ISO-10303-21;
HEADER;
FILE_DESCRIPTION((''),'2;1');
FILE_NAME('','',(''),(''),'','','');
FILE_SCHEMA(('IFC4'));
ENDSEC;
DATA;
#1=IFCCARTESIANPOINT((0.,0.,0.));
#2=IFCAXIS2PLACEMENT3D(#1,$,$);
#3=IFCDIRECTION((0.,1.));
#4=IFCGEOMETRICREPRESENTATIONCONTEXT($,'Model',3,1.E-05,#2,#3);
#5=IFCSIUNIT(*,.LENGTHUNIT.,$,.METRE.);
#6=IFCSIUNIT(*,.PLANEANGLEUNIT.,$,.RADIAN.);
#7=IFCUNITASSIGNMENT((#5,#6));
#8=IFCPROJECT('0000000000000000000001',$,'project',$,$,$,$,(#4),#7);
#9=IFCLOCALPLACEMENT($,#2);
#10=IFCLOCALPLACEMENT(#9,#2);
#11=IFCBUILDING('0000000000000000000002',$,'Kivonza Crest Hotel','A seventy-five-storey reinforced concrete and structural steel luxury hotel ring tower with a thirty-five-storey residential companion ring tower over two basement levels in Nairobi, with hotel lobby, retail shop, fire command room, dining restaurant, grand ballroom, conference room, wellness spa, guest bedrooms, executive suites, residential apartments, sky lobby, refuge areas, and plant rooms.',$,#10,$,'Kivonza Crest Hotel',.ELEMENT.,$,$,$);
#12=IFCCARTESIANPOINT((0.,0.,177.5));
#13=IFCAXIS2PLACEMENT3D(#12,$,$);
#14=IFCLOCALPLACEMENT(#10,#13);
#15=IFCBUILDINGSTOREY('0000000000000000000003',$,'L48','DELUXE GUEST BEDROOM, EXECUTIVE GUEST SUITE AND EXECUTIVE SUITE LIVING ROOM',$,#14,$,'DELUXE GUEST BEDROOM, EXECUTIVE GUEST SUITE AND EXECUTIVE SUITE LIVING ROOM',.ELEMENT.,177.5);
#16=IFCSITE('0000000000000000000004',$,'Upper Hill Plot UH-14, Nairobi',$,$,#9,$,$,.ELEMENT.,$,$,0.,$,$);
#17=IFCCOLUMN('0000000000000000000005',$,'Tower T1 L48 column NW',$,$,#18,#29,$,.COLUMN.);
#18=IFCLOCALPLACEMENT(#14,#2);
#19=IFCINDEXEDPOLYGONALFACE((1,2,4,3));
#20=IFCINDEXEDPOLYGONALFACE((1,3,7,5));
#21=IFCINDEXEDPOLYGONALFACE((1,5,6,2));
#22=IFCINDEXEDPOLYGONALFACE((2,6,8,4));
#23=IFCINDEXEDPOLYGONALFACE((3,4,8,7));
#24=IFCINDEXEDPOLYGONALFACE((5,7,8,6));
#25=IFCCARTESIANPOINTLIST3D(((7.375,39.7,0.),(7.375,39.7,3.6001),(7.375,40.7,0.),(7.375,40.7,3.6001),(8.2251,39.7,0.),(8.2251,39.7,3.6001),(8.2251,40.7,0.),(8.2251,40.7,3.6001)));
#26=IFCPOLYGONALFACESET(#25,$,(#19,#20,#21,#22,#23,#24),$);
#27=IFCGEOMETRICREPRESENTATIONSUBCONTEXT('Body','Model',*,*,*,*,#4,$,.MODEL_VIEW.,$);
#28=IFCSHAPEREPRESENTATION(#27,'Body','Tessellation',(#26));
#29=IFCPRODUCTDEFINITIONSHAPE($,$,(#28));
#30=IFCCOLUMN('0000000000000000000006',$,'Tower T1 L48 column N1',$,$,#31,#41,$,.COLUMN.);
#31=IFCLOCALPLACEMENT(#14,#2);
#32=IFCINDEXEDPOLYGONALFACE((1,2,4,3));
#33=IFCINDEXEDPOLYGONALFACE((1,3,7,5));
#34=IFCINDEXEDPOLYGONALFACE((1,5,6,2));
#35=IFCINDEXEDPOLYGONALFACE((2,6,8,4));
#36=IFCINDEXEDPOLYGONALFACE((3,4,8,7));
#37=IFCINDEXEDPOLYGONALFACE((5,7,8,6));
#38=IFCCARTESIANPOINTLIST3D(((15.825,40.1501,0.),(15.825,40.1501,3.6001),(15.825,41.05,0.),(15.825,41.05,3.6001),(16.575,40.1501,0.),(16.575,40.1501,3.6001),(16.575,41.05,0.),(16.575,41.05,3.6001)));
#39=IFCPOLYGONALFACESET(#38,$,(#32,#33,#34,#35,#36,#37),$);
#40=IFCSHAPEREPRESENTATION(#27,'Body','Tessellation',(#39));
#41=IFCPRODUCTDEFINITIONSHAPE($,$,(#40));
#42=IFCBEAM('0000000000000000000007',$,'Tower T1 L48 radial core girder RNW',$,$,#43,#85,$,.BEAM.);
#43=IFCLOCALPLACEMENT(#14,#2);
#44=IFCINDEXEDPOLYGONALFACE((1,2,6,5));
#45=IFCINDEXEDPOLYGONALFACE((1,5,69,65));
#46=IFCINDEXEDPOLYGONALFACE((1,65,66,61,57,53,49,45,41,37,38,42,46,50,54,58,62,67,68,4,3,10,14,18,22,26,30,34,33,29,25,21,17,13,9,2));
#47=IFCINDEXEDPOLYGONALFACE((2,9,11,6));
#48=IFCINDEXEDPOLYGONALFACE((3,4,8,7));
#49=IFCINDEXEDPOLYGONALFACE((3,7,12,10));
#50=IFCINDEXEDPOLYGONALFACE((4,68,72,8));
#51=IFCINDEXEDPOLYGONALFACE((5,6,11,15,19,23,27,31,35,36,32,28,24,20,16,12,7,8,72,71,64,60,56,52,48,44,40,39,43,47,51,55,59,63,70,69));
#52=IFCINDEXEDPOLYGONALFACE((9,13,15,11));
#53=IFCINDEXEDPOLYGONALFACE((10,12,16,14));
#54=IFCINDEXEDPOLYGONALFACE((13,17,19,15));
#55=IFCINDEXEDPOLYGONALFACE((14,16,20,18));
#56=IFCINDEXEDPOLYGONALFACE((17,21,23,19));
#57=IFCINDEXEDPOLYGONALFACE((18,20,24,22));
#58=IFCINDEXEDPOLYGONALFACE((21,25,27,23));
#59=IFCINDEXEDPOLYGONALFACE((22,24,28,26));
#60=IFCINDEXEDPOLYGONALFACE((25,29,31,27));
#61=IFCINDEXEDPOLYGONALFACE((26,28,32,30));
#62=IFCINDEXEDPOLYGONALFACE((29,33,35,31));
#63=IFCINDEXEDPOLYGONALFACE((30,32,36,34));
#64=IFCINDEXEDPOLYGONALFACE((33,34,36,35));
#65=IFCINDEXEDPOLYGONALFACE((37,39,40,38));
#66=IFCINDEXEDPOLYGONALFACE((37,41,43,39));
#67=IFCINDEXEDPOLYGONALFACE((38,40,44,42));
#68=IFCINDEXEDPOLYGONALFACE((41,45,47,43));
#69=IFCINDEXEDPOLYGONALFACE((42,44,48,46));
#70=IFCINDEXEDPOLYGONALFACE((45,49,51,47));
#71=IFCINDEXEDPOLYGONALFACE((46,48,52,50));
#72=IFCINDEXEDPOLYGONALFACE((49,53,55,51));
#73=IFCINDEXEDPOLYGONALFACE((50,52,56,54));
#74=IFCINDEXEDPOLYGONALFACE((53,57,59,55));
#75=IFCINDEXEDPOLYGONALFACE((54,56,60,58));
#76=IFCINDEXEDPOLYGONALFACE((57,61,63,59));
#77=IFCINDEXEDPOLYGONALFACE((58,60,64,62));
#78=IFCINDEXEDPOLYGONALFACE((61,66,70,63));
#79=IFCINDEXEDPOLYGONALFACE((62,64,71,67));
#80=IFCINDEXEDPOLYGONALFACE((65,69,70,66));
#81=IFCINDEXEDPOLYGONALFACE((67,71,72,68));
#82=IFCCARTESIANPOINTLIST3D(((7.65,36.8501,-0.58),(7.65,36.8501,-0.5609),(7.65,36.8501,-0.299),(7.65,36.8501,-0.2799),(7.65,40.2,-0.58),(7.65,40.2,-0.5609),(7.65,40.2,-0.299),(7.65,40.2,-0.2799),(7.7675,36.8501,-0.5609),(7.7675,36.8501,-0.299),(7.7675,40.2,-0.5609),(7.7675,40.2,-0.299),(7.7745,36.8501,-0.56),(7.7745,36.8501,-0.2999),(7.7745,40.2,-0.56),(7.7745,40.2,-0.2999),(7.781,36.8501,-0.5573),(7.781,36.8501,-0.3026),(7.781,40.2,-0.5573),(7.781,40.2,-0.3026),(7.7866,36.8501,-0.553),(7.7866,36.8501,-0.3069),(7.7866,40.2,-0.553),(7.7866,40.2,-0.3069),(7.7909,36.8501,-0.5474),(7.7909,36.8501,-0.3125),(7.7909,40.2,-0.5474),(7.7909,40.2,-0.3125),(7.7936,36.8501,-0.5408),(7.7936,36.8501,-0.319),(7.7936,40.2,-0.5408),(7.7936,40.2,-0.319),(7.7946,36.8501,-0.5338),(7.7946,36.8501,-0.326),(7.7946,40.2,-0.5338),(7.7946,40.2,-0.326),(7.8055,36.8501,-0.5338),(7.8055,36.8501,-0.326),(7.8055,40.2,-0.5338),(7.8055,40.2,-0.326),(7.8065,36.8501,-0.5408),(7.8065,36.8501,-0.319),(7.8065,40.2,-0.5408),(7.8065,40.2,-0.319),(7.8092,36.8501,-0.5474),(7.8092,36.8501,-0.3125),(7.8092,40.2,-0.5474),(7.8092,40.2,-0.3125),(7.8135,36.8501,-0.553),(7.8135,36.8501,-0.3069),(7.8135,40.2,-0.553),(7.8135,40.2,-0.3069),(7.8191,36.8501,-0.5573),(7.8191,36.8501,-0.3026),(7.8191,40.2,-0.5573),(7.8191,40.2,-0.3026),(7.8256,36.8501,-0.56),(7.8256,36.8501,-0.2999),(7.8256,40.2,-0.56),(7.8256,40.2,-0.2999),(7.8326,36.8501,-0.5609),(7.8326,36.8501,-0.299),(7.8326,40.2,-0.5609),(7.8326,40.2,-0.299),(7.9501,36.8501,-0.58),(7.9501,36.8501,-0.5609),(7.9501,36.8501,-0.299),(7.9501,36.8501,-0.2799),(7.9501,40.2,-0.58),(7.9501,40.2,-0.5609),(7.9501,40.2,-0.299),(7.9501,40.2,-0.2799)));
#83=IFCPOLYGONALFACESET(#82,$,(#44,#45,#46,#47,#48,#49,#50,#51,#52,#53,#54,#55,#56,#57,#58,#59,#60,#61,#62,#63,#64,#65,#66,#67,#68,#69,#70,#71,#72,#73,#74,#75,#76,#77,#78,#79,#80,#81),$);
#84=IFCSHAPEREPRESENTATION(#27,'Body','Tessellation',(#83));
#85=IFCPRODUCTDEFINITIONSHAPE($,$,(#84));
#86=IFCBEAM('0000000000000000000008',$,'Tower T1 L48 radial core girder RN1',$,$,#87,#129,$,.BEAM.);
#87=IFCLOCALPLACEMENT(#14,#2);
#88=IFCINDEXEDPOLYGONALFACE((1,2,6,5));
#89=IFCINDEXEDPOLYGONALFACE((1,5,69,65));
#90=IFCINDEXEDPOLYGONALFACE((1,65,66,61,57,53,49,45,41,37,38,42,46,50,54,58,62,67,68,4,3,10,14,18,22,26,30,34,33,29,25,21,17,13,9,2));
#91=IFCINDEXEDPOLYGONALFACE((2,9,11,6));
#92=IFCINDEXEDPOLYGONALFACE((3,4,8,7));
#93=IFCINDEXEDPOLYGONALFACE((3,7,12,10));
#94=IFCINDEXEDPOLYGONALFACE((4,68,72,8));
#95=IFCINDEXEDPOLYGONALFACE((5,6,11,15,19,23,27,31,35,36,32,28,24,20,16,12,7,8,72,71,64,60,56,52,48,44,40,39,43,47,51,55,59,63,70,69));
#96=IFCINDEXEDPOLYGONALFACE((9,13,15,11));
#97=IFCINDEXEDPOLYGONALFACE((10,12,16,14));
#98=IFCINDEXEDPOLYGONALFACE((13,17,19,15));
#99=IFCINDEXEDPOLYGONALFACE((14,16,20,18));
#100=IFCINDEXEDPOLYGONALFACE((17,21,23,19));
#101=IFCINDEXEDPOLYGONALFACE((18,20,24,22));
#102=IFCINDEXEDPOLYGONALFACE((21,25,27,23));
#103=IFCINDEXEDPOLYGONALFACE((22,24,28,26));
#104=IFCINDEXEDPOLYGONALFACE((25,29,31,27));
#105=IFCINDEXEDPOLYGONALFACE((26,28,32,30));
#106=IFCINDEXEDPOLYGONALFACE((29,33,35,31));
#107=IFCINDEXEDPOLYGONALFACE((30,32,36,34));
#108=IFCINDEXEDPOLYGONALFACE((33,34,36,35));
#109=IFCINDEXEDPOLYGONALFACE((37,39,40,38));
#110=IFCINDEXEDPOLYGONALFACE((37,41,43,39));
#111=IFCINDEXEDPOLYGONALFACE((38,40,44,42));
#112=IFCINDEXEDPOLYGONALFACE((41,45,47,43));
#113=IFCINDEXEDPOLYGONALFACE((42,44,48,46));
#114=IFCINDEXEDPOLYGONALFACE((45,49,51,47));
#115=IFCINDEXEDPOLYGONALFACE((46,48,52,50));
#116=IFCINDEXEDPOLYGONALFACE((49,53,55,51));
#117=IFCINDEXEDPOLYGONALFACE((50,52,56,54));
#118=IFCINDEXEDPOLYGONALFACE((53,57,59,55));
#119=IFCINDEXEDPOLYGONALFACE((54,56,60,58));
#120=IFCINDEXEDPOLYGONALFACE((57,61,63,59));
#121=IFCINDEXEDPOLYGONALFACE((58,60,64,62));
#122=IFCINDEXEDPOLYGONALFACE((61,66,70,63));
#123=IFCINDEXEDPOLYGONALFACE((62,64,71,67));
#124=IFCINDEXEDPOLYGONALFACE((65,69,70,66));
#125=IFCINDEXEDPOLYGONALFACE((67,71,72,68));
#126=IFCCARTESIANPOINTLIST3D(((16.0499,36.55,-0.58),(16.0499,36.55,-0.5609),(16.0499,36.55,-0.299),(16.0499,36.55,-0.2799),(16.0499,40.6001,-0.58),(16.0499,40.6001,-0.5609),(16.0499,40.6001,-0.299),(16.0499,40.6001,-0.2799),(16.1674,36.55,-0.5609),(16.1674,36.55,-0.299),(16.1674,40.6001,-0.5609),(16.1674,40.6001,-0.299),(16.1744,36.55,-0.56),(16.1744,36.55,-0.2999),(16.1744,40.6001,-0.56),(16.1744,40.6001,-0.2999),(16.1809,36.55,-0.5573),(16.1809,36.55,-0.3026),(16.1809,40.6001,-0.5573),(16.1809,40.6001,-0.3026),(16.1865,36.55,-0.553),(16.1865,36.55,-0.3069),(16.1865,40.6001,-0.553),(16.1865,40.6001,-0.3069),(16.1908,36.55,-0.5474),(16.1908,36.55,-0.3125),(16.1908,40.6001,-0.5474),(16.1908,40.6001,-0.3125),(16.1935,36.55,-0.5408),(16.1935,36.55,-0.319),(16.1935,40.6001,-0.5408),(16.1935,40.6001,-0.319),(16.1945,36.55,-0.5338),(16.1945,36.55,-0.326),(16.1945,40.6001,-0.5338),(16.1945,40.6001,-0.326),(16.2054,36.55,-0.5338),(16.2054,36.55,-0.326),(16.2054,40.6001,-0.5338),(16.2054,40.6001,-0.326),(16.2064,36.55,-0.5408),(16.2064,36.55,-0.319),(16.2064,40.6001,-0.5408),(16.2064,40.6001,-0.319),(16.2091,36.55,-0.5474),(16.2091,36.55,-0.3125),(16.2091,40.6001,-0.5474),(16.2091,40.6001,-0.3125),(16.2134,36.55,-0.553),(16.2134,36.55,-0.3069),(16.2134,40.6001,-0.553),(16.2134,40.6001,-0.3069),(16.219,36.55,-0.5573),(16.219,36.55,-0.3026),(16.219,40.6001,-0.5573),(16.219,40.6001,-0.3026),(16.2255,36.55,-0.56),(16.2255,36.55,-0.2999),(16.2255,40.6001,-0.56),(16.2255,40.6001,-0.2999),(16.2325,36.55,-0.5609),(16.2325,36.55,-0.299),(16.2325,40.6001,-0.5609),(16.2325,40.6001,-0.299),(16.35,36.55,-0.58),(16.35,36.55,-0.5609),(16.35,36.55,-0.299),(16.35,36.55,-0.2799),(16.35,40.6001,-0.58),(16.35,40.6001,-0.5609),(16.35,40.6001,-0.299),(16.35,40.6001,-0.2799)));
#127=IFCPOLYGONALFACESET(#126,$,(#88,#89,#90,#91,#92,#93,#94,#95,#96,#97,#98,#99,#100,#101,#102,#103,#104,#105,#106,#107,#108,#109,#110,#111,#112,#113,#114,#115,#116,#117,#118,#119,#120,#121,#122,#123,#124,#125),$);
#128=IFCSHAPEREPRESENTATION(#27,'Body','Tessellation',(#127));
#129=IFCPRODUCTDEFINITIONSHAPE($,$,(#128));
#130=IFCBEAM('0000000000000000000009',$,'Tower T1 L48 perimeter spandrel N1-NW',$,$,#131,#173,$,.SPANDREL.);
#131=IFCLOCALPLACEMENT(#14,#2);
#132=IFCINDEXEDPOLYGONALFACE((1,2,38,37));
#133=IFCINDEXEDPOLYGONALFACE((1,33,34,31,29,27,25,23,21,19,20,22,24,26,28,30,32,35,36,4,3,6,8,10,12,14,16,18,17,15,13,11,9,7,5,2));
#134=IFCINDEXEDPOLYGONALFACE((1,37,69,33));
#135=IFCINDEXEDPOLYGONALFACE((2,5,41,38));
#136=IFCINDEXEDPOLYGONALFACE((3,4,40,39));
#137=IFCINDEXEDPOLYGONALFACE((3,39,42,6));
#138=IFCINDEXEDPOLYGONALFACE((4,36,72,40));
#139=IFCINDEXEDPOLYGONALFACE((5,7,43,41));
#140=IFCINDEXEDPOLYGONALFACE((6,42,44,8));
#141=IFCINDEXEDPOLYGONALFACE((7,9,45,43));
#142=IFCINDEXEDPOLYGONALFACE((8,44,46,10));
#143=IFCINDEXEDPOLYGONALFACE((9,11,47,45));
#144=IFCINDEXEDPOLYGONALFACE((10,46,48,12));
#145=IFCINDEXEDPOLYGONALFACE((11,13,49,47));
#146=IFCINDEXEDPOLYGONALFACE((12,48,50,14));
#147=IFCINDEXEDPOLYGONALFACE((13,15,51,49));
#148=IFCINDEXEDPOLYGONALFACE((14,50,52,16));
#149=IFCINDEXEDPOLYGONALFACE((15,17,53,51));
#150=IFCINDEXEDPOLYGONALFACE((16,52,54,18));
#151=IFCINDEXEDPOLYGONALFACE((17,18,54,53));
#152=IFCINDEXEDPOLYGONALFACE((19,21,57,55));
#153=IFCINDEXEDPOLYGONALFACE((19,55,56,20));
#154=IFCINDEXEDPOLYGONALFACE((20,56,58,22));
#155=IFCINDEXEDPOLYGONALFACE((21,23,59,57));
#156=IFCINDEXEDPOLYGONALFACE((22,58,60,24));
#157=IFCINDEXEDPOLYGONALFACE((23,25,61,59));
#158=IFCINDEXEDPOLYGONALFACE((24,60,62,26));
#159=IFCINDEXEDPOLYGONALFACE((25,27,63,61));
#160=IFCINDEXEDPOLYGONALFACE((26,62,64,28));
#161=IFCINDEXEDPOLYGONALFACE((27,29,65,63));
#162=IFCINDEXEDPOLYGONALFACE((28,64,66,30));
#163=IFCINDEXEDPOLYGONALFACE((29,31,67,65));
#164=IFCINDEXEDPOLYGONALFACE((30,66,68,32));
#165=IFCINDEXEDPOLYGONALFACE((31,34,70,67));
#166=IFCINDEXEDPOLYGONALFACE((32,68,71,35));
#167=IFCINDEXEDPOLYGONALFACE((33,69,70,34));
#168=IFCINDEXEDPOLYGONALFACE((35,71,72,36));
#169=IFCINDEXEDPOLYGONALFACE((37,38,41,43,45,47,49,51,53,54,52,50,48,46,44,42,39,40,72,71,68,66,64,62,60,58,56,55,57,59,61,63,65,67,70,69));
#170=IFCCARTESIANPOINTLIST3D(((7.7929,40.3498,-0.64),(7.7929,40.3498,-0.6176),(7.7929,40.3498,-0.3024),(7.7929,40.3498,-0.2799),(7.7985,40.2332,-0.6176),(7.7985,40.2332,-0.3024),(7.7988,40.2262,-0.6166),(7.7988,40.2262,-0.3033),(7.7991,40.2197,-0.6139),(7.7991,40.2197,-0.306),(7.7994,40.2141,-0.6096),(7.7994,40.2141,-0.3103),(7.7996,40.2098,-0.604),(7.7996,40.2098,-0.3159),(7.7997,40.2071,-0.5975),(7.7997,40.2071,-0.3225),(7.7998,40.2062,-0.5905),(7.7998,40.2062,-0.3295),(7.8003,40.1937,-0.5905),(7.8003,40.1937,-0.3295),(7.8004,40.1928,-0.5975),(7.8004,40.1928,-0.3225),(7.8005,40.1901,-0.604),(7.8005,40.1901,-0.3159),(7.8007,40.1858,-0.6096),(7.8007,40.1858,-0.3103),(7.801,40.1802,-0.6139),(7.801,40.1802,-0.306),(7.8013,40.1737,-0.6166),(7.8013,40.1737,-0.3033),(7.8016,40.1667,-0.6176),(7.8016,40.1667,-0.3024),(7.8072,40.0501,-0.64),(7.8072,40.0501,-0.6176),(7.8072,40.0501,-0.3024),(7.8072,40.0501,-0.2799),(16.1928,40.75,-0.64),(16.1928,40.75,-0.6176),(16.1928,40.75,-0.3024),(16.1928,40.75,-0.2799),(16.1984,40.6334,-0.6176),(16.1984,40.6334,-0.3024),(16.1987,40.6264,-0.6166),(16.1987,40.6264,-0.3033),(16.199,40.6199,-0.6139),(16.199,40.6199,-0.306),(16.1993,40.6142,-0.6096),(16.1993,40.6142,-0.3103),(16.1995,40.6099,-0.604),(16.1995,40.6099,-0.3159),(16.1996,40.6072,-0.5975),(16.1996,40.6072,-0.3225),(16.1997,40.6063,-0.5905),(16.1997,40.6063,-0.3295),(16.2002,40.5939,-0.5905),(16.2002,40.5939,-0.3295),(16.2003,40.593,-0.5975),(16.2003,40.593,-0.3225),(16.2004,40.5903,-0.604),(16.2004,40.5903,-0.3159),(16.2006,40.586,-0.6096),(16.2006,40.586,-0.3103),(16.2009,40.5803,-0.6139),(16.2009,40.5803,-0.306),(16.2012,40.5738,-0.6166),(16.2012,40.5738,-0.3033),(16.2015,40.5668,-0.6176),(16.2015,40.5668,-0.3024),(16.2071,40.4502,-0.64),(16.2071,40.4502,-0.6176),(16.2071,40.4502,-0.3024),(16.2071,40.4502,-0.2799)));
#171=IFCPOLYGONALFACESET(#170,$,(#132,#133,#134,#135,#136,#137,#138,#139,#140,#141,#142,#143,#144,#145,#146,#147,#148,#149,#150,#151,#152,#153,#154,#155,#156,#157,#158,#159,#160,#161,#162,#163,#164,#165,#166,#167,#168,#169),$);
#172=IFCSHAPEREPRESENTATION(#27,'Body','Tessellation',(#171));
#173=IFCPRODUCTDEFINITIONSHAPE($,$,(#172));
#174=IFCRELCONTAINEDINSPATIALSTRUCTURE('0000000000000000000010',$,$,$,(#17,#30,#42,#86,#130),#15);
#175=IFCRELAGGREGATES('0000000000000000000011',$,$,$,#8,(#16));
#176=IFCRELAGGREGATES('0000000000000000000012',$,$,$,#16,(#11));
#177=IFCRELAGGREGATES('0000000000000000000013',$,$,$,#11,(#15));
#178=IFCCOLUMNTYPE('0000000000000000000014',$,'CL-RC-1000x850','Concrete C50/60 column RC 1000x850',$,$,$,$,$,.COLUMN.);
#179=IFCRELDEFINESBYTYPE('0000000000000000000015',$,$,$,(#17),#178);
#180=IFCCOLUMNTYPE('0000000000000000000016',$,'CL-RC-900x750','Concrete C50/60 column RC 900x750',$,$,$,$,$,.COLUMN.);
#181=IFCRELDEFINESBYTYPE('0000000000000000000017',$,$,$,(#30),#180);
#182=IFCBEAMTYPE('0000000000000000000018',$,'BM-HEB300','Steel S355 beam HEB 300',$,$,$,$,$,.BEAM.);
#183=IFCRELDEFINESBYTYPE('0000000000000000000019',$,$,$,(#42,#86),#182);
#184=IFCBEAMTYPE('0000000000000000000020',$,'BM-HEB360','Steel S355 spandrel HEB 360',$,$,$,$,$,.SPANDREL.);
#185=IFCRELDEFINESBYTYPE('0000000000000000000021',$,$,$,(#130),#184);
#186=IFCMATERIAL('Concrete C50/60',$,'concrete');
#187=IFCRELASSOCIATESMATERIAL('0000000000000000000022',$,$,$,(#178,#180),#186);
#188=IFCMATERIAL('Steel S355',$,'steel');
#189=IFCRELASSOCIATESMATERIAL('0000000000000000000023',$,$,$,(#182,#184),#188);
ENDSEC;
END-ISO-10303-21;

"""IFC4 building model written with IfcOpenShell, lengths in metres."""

from ifc_helpers import new_model, si_unit, direction, frame, origin, origin_2d, place, context, subcontext, project, spatial, rectangle, i_section, extrude, material, material_profile, profile_set, type_object, element, save


model = new_model("IFC4")

# Units and contexts
model_context = context("Model", 3, precision=1e-05, world=origin(), true_north=direction((0.0, 1.0)))
body_context = subcontext(model_context, "Body", "Model", "MODEL_VIEW")
ifc_project = project(units=[si_unit("LENGTHUNIT", "METRE"), si_unit("PLANEANGLEUNIT", "RADIAN")], contexts=[model_context])

# Site, building, storey
site_placement = place(None, origin())
site = spatial("IfcSite", under=ifc_project, at=site_placement, Name="Upper Hill Plot UH-14, Nairobi", CompositionType="ELEMENT", RefElevation=0.0)
building_placement = place(site_placement, origin())
building = spatial("IfcBuilding", under=site, at=building_placement, Name="Kivonza Crest Hotel", Description="A seventy-five-storey reinforced concrete and structural steel luxury hotel ring tower with a thirty-five-storey residential companion ring tower over two basement levels in Nairobi, with hotel lobby, retail shop, fire command room, dining restaurant, grand ballroom, conference room, wellness spa, guest bedrooms, executive suites, residential apartments, sky lobby, refuge areas, and plant rooms.", LongName="Kivonza Crest Hotel", CompositionType="ELEMENT")
storey_placement = place(building_placement, frame((0.0, 0.0, 177.5)))
storey = spatial("IfcBuildingStorey", under=building, at=storey_placement, Name="L48", Description="DELUXE GUEST BEDROOM, EXECUTIVE GUEST SUITE AND EXECUTIVE SUITE LIVING ROOM", LongName="DELUXE GUEST BEDROOM, EXECUTIVE GUEST SUITE AND EXECUTIVE SUITE LIVING ROOM", CompositionType="ELEMENT", Elevation=177.5)

# Columns
ifc_material_1 = material(Name="Concrete C50/60", Category="concrete")
ifc_material_profile_1 = material_profile(ifc_material_1, rectangle(XDim=0.8501, YDim=1.0, at=origin_2d()), Name="RC 1000x850")
ifc_profile_set_1 = profile_set([ifc_material_profile_1], Name="Concrete C50/60")
column_type_1 = type_object("IfcColumnType", Name="CL-RC-1000x850", Description="Concrete C50/60 column RC 1000x850", PredefinedType="COLUMN", material=ifc_profile_set_1)
column_1_placement = place(storey_placement, frame((7.8, 40.2, 0.0), z_axis=(0.0, 0.0, 1.0), x_axis=(1.0, 0.0, 0.0)))
element("IfcColumn", 1, at=column_1_placement, inside=storey, type_object=column_type_1, Name="Tower T1 L48 column NW", PredefinedType="COLUMN", context=body_context, shape_type="SweptSolid", body=[
    extrude(rectangle(XDim=0.8501, YDim=1.0, at=origin_2d()), origin(), (0.0, 0.0, 1.0), 3.6001),
])
ifc_material_profile_2 = material_profile(ifc_material_1, rectangle(XDim=0.75, YDim=0.8999, at=origin_2d()), Name="RC 900x750")
ifc_profile_set_2 = profile_set([ifc_material_profile_2], Name="Concrete C50/60")
column_type_2 = type_object("IfcColumnType", Name="CL-RC-900x750", Description="Concrete C50/60 column RC 900x750", PredefinedType="COLUMN", material=ifc_profile_set_2)
column_2_placement = place(storey_placement, frame((16.2, 40.6001, 0.0), z_axis=(0.0, 0.0, 1.0), x_axis=(1.0, 0.0, 0.0)))
element("IfcColumn", 2, at=column_2_placement, inside=storey, type_object=column_type_2, Name="Tower T1 L48 column N1", PredefinedType="COLUMN", context=body_context, shape_type="SweptSolid", body=[
    extrude(rectangle(XDim=0.75, YDim=0.8999, at=origin_2d()), origin(), (0.0, 0.0, 1.0), 3.6001),
])

# Beams
ifc_material_2 = material(Name="Steel S355", Category="steel")
ifc_material_profile_3 = material_profile(ifc_material_2, i_section(OverallWidth=0.3, OverallDepth=0.3, WebThickness=0.011, FlangeThickness=0.019, FilletRadius=0.0271, at=origin_2d()), Name="HEB 300")
ifc_profile_set_3 = profile_set([ifc_material_profile_3], Name="Steel S355")
beam_type_1 = type_object("IfcBeamType", Name="BM-HEB300", Description="Steel S355 beam HEB 300", PredefinedType="BEAM", material=ifc_profile_set_3)
beam_1_placement = place(storey_placement, frame((7.8, 40.2, -0.4299), z_axis=(0.0, -1.0, 0.0), x_axis=(1.0, 0.0, 0.0)))
element("IfcBeam", 3, at=beam_1_placement, inside=storey, type_object=beam_type_1, Name="Tower T1 L48 radial core girder RNW", PredefinedType="BEAM", context=body_context, shape_type="SweptSolid", body=[
    extrude(i_section(OverallWidth=0.3, OverallDepth=0.3, WebThickness=0.011, FlangeThickness=0.019, FilletRadius=0.0271, at=origin_2d()), origin(), (0.0, 0.0, 1.0), 3.3499),
])
beam_2_placement = place(storey_placement, frame((16.2, 40.6001, -0.4299), z_axis=(0.0, -1.0, 0.0), x_axis=(1.0, 0.0, 0.0)))
element("IfcBeam", 4, at=beam_2_placement, inside=storey, type_object=beam_type_1, Name="Tower T1 L48 radial core girder RN1", PredefinedType="BEAM", context=body_context, shape_type="SweptSolid", body=[
    extrude(i_section(OverallWidth=0.3, OverallDepth=0.3, WebThickness=0.011, FlangeThickness=0.019, FilletRadius=0.0271, at=origin_2d()), origin(), (0.0, 0.0, 1.0), 4.05),
])
ifc_material_profile_4 = material_profile(ifc_material_2, i_section(OverallWidth=0.3, OverallDepth=0.3601, WebThickness=0.0125, FlangeThickness=0.0225, FilletRadius=0.0271, at=origin_2d()), Name="HEB 360")
ifc_profile_set_4 = profile_set([ifc_material_profile_4], Name="Steel S355")
beam_type_2 = type_object("IfcBeamType", Name="BM-HEB360", Description="Steel S355 spandrel HEB 360", PredefinedType="SPANDREL", material=ifc_profile_set_4)
beam_3_placement = place(storey_placement, frame((16.2, 40.6001, -0.46), z_axis=(-0.998867, -0.047583, 0.0), x_axis=(0.047583, -0.998867, 0.0)))
element("IfcBeam", 5, at=beam_3_placement, inside=storey, type_object=beam_type_2, Name="Tower T1 L48 perimeter spandrel N1-NW", PredefinedType="SPANDREL", context=body_context, shape_type="SweptSolid", body=[
    extrude(i_section(OverallWidth=0.3, OverallDepth=0.3601, WebThickness=0.0125, FlangeThickness=0.0225, FilletRadius=0.0271, at=origin_2d()), origin(), (0.0, 0.0, 1.0), 8.4094),
])

save(model, "model.ifc")
